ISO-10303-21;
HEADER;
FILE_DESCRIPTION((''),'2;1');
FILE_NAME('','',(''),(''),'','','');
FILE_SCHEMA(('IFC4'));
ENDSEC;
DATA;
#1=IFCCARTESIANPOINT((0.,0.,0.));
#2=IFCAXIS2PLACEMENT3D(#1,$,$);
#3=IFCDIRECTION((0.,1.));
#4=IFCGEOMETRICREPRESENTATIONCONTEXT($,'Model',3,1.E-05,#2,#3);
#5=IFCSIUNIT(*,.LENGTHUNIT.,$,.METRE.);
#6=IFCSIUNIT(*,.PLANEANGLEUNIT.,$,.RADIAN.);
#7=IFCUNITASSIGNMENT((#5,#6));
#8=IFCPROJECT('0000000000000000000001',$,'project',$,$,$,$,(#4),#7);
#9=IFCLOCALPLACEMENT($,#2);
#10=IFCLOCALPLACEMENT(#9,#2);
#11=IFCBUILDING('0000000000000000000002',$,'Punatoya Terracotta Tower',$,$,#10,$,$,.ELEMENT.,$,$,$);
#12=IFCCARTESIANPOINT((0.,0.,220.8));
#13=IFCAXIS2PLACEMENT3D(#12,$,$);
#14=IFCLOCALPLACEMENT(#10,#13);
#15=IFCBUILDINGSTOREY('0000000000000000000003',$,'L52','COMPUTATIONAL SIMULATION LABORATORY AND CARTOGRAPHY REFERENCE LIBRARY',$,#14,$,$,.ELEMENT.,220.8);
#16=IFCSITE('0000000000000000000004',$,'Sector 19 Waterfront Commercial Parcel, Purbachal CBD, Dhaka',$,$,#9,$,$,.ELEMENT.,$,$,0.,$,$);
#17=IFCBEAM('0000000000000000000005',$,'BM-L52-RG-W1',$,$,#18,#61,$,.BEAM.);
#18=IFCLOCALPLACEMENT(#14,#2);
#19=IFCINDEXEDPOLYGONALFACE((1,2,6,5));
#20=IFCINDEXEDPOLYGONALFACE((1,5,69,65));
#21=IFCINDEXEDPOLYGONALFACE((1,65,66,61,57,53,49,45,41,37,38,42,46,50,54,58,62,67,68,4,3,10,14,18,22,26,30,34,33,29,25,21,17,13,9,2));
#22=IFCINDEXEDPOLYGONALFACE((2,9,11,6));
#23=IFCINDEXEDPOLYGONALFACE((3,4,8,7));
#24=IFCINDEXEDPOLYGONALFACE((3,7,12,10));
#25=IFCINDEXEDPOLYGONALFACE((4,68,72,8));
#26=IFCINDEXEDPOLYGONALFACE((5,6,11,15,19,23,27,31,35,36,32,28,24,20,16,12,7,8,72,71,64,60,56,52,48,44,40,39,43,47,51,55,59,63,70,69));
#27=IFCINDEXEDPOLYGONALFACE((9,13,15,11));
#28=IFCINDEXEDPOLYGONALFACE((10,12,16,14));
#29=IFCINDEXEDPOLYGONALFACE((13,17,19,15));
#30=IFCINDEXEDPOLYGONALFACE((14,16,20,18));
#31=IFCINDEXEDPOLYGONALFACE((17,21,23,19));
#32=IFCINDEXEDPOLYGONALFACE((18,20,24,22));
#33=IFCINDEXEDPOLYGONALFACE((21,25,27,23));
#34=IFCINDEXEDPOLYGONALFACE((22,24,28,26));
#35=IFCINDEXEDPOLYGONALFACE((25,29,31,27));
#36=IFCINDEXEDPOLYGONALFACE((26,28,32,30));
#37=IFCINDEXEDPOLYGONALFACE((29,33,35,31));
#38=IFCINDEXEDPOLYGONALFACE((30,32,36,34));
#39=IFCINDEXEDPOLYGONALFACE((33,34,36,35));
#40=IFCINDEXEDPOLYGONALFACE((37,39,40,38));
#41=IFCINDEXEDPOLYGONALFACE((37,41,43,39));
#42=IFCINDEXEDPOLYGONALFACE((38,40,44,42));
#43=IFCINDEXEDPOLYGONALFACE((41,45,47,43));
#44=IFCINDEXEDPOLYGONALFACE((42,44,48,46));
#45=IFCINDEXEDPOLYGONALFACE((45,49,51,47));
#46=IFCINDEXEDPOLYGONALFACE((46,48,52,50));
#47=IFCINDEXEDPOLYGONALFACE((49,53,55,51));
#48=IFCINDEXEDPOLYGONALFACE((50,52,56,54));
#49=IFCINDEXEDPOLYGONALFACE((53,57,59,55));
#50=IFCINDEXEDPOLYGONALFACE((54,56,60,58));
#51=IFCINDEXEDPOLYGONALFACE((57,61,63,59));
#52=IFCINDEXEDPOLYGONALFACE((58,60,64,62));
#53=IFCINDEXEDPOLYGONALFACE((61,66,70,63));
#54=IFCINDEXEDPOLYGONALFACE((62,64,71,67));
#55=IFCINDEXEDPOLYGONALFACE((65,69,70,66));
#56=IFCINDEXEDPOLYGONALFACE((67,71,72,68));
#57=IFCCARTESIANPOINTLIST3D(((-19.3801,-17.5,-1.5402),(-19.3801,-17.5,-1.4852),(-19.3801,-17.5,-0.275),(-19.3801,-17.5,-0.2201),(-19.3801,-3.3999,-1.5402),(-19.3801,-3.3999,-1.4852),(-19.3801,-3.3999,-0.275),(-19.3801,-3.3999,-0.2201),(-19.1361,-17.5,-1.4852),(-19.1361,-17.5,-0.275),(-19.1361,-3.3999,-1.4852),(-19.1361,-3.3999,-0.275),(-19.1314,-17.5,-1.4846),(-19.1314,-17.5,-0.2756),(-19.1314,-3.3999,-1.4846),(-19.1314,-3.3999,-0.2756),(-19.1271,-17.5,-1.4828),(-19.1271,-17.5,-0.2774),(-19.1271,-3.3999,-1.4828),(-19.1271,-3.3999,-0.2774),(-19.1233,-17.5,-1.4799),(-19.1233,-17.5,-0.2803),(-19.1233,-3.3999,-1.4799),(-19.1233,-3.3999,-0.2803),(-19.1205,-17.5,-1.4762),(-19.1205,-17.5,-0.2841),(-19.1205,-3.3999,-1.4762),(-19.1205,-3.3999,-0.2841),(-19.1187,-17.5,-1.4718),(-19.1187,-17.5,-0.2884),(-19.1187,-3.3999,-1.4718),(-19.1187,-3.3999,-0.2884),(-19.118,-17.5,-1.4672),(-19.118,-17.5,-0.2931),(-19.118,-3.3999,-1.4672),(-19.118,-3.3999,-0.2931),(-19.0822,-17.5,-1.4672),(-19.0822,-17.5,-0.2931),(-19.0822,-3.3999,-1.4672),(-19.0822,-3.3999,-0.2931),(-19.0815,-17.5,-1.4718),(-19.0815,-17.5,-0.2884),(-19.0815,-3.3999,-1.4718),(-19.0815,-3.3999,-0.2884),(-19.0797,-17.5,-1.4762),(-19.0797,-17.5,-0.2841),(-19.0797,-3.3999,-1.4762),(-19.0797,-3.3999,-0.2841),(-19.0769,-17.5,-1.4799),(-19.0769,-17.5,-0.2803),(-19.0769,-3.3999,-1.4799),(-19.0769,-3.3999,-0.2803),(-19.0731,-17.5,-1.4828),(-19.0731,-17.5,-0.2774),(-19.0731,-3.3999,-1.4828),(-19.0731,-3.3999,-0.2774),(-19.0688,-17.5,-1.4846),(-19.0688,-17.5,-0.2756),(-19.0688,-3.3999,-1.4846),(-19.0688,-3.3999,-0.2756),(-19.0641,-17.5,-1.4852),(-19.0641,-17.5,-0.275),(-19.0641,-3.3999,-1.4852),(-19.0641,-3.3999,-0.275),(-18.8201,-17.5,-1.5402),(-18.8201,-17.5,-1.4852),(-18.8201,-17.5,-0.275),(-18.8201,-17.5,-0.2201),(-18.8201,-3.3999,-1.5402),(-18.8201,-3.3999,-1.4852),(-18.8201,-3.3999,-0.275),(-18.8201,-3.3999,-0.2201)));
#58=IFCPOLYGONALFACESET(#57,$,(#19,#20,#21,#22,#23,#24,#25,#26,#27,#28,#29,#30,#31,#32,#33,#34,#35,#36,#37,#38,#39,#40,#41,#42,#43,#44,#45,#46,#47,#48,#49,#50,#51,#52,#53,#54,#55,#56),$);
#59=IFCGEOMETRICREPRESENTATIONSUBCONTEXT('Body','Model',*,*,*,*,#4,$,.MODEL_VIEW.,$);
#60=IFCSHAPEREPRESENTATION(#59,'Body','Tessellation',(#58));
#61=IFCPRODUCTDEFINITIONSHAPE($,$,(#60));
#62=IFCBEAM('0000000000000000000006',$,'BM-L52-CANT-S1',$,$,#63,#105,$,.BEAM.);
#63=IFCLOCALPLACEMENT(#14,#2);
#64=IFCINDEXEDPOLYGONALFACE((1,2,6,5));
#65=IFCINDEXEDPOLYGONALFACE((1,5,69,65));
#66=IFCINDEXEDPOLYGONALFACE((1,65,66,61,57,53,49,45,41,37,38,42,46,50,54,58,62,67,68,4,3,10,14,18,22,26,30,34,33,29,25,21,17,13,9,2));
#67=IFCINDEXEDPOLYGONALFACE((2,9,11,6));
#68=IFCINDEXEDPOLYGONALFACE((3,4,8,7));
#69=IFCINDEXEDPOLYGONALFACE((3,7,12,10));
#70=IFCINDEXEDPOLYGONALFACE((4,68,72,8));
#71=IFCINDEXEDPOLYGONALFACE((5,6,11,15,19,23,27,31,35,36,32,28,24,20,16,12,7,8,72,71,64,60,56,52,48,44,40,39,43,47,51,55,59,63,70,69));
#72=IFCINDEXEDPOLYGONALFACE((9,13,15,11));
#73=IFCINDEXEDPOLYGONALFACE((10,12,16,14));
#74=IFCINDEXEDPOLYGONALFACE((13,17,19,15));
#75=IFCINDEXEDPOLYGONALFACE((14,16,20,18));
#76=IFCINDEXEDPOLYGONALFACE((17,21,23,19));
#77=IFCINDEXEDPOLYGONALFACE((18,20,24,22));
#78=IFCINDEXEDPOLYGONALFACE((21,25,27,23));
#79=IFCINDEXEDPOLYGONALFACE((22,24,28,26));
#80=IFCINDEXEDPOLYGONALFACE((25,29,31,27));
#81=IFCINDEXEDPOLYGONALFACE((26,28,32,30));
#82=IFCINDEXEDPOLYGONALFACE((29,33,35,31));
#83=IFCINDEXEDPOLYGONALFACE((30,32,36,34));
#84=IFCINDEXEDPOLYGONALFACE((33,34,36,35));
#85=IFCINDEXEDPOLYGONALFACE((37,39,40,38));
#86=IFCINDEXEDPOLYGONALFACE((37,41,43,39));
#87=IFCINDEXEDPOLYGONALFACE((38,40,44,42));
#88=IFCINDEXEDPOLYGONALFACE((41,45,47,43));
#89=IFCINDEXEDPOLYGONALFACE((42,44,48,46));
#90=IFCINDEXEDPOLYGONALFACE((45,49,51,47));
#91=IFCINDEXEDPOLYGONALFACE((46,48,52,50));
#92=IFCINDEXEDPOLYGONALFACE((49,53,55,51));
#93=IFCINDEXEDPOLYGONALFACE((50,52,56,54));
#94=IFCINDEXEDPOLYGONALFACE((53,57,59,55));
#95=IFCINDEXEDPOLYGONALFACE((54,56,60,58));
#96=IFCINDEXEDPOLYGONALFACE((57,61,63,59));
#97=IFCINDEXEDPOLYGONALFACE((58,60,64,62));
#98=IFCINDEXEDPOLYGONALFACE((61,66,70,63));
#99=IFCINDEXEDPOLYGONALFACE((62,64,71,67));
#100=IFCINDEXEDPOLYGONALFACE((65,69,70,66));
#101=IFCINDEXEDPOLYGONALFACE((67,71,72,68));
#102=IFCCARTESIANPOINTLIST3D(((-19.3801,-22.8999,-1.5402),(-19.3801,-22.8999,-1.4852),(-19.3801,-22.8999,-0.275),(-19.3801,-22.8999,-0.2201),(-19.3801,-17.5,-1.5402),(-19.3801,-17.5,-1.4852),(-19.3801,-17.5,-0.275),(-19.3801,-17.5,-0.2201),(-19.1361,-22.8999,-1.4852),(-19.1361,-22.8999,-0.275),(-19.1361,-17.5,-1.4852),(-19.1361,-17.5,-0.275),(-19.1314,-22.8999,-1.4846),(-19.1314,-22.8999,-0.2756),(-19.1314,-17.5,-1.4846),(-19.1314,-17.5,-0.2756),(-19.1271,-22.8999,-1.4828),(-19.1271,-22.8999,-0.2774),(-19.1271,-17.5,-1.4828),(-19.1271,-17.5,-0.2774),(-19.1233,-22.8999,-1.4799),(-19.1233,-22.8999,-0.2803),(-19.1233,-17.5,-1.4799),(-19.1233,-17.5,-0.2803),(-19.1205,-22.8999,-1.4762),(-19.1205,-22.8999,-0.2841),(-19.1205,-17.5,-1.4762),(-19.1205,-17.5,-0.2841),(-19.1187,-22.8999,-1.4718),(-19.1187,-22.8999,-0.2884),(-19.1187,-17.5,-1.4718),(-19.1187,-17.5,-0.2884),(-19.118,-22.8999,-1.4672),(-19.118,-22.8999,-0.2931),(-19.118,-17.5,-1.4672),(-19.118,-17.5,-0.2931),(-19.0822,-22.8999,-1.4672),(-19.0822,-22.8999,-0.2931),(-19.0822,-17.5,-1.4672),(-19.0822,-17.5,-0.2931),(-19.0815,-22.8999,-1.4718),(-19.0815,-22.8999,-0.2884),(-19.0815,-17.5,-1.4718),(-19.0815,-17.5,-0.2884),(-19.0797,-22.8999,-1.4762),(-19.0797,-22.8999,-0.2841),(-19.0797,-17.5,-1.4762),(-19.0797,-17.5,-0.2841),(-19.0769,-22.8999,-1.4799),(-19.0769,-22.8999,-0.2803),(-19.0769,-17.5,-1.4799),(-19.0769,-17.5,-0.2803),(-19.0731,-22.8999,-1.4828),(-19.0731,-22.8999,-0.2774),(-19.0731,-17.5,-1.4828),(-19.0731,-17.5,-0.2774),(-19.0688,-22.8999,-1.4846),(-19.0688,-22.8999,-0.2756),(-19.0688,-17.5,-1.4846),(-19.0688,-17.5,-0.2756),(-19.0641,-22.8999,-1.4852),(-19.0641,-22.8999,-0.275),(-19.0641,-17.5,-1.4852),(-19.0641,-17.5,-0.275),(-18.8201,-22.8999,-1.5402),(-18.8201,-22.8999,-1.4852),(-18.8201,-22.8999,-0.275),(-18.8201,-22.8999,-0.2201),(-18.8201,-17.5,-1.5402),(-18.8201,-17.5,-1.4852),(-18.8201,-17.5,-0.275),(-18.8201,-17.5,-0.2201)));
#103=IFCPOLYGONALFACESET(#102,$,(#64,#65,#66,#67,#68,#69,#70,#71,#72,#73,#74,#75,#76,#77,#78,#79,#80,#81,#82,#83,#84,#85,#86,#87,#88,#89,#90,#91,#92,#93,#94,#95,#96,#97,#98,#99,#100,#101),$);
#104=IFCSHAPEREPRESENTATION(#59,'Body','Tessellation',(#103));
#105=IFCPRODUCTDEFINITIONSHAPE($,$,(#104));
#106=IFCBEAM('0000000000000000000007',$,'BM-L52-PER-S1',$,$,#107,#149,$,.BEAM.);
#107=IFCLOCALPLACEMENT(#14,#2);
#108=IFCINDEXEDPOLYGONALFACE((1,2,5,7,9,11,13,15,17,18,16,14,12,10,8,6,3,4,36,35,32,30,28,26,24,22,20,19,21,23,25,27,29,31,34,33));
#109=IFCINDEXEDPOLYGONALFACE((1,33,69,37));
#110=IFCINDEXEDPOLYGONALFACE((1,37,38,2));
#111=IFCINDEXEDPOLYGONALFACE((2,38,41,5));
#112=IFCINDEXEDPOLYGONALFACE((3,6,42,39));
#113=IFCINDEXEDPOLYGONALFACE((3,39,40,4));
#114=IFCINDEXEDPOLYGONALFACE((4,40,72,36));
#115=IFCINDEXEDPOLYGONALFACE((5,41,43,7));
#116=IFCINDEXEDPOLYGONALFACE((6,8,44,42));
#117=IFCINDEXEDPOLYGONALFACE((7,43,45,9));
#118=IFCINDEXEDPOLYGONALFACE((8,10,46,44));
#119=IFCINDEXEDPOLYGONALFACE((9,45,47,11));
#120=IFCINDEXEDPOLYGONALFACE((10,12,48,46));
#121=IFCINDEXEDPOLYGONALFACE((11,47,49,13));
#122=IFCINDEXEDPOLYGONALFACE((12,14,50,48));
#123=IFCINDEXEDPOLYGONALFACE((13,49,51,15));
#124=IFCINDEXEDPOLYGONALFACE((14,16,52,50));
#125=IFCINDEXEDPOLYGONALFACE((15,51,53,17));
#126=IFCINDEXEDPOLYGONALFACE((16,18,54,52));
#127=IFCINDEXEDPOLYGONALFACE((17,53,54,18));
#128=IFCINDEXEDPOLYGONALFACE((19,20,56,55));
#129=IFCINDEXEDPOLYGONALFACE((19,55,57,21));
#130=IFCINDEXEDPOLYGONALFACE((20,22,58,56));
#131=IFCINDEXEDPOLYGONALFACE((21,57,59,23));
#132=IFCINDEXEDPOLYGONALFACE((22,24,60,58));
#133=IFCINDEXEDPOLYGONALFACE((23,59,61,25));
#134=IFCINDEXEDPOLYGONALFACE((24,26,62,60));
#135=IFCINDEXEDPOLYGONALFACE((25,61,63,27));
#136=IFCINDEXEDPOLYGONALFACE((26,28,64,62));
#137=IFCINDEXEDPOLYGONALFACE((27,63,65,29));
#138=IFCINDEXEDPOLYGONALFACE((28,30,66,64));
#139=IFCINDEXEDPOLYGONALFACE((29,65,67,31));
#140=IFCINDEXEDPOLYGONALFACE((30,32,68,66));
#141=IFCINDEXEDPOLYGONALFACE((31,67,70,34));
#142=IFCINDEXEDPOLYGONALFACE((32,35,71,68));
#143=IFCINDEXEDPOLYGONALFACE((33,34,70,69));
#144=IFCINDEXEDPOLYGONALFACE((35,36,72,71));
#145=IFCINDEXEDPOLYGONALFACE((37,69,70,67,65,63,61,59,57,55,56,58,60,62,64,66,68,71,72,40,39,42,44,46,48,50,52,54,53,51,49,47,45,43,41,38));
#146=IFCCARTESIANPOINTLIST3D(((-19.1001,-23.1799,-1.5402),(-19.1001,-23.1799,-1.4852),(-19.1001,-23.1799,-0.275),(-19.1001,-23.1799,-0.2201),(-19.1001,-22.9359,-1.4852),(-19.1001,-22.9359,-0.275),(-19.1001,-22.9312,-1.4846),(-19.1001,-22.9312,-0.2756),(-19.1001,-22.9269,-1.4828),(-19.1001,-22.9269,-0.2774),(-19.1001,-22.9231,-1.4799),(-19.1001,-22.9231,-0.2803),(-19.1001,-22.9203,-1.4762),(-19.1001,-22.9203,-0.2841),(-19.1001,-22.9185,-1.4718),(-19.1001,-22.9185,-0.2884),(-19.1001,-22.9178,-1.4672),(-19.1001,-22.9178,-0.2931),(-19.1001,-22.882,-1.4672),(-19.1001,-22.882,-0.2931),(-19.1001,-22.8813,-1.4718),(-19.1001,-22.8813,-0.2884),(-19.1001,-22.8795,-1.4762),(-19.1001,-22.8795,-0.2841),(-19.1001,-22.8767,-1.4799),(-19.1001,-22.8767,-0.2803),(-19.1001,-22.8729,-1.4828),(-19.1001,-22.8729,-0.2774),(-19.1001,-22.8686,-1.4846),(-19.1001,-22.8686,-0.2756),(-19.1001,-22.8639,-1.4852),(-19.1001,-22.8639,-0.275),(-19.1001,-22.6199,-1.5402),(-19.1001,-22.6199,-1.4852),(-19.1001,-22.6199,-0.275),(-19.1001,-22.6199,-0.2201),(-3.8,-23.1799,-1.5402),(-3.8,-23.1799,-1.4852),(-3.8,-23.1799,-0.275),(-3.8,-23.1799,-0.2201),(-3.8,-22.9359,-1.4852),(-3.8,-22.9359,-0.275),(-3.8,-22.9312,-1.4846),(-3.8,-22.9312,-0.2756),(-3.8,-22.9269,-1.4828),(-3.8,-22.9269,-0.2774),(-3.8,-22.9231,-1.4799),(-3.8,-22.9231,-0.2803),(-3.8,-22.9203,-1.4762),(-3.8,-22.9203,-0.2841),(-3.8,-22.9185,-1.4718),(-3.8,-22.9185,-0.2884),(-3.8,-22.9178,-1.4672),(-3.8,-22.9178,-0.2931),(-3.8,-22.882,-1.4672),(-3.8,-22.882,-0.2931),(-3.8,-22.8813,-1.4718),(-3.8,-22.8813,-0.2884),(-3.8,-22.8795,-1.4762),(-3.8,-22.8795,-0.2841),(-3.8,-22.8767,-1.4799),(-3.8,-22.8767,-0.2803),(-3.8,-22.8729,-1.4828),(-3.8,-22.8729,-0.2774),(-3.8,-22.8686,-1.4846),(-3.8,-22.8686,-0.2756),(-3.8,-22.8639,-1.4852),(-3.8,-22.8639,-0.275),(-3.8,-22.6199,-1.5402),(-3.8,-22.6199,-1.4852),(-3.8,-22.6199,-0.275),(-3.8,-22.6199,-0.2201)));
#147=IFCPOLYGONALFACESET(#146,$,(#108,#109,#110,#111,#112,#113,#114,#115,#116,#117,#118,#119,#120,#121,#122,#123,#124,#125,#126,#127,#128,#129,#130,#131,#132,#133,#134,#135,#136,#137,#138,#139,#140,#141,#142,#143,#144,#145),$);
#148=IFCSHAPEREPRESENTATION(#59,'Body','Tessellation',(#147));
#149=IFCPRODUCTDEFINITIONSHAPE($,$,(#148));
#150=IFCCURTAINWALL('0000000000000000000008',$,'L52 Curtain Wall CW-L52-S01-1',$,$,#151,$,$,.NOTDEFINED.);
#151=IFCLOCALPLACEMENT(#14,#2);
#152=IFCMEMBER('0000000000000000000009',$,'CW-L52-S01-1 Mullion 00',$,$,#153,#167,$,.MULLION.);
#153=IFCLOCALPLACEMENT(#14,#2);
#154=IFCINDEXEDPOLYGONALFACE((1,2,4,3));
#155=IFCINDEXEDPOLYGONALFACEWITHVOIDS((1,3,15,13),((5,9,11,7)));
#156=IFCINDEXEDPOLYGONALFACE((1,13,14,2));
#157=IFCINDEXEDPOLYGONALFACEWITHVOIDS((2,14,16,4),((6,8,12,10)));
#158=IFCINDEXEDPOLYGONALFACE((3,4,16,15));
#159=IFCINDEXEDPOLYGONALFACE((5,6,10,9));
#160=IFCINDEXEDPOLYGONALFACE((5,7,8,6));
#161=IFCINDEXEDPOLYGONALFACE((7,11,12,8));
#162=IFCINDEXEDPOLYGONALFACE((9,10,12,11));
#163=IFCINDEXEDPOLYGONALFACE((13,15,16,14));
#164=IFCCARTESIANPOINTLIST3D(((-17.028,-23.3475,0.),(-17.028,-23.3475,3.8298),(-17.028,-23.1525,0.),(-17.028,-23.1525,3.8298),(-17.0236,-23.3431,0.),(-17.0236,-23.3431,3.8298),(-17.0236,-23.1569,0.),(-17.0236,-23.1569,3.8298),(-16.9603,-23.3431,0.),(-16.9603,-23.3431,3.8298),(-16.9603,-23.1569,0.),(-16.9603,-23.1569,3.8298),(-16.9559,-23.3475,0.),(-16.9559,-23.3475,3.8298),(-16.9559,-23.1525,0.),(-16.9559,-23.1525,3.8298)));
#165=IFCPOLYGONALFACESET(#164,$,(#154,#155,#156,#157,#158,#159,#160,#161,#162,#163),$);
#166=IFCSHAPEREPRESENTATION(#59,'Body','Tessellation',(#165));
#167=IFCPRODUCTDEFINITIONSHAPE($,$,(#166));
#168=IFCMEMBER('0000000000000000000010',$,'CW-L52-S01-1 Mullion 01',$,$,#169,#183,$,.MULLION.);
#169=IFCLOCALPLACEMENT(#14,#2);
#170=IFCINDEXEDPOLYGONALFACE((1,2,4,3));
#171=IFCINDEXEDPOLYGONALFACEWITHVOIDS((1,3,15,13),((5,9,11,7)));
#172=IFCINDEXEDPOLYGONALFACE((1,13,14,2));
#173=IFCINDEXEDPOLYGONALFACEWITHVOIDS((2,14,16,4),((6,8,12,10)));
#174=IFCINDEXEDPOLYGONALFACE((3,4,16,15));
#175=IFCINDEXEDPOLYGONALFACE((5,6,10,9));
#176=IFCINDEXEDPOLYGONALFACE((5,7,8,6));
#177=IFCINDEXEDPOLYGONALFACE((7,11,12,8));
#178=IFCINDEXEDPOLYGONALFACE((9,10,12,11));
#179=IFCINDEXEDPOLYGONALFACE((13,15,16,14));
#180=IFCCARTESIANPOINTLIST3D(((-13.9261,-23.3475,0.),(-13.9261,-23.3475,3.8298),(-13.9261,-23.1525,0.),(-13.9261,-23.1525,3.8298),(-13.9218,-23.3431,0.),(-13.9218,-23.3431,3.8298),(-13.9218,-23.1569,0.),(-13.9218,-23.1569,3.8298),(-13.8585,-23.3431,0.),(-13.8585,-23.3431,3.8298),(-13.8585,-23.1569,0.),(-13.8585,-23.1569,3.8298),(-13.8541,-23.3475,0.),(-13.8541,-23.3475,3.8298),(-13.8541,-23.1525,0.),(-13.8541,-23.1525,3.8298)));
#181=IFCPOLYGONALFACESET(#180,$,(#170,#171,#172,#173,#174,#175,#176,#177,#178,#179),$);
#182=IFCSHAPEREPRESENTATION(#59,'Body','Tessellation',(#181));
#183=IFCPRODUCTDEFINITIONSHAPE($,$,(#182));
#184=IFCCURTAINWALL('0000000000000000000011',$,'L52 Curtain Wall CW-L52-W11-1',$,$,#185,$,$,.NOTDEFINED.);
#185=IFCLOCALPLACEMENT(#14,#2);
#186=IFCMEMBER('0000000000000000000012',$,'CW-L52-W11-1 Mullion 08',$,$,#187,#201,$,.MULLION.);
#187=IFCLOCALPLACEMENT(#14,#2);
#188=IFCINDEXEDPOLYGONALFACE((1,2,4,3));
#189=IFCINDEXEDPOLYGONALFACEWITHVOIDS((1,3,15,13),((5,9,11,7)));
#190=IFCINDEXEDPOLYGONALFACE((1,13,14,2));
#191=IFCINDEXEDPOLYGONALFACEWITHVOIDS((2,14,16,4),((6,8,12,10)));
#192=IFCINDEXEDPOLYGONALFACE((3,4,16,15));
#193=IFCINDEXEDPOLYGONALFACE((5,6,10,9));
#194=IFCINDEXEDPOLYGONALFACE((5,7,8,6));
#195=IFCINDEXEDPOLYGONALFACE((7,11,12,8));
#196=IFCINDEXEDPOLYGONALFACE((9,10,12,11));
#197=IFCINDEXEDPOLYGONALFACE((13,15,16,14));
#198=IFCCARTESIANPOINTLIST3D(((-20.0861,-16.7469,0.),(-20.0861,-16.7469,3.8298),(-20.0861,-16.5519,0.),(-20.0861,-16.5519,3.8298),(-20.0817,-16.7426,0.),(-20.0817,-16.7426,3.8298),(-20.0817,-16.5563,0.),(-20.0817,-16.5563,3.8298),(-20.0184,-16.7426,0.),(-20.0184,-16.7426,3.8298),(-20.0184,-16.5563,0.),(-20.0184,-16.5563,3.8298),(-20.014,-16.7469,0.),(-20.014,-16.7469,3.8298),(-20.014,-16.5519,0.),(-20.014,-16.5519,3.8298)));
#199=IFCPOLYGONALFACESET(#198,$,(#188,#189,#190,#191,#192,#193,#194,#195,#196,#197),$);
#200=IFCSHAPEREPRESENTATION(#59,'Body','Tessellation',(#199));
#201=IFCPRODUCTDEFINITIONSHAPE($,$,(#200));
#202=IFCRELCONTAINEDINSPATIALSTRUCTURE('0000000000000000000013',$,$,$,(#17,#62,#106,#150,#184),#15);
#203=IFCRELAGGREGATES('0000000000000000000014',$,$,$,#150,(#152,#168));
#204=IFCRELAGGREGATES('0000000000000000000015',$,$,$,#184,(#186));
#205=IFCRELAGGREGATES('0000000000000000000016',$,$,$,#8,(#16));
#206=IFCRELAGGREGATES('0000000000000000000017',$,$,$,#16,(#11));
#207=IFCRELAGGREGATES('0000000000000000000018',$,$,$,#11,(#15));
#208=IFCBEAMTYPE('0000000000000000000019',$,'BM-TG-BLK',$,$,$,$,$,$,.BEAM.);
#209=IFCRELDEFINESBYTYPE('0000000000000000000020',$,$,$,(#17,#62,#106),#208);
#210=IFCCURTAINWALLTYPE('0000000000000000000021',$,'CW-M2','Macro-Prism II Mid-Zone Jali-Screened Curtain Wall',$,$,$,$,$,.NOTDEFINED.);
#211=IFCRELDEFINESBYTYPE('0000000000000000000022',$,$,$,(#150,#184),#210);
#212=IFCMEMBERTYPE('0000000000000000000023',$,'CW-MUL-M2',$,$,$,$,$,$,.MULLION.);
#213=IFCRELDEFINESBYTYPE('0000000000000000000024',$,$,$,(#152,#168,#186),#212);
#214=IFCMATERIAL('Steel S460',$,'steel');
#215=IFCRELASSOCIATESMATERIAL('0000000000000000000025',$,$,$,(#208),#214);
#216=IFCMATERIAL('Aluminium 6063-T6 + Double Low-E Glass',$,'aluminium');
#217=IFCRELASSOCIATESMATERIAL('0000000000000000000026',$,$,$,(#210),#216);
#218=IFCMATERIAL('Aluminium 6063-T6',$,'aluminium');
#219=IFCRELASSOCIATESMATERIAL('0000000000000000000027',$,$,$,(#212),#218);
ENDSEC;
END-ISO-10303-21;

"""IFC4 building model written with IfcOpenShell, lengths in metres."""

from ifc_helpers import new_model, si_unit, direction, frame, origin, origin_2d, place, context, subcontext, project, spatial, hollow_rectangle, i_section, extrude, material, material_profile, profile_set, type_object, element, aggregate, save


model = new_model("IFC4")

# Units and contexts
model_context = context("Model", 3, precision=1e-05, world=origin(), true_north=direction((0.0, 1.0)))
body_context = subcontext(model_context, "Body", "Model", "MODEL_VIEW")
ifc_project = project(units=[si_unit("LENGTHUNIT", "METRE"), si_unit("PLANEANGLEUNIT", "RADIAN")], contexts=[model_context])

# Site, building, storey
site_placement = place(None, origin())
site = spatial("IfcSite", under=ifc_project, at=site_placement, Name="Sector 19 Waterfront Commercial Parcel, Purbachal CBD, Dhaka", CompositionType="ELEMENT", RefElevation=0.0)
building_placement = place(site_placement, origin())
building = spatial("IfcBuilding", under=site, at=building_placement, Name="Punatoya Terracotta Tower", CompositionType="ELEMENT")
storey_placement = place(building_placement, frame((0.0, 0.0, 220.8)))
storey = spatial("IfcBuildingStorey", under=building, at=storey_placement, Name="L52", Description="COMPUTATIONAL SIMULATION LABORATORY AND CARTOGRAPHY REFERENCE LIBRARY", CompositionType="ELEMENT", Elevation=220.8)

# Shared definitions
ifc_material_1 = material(Name="Steel S460", Category="steel")

# Beams
ifc_material_profile_1 = material_profile(ifc_material_1, i_section(OverallWidth=0.5601, OverallDepth=1.3201, WebThickness=0.0359, FlangeThickness=0.0549, FilletRadius=0.0181, at=origin_2d()))
ifc_profile_set_1 = profile_set([ifc_material_profile_1], Name="Steel S460")
beam_type_1 = type_object("IfcBeamType", Name="BM-TG-BLK", PredefinedType="BEAM", material=ifc_profile_set_1)
beam_1_placement = place(storey_placement, frame((-19.1001, -17.5, -0.8801), z_axis=(0.0, 1.0, 0.0), x_axis=(-1.0, 0.0, 0.0)))
element("IfcBeam", 1, at=beam_1_placement, inside=storey, type_object=beam_type_1, Name="BM-L52-RG-W1", PredefinedType="BEAM", context=body_context, shape_type="SweptSolid", body=[
    extrude(i_section(OverallWidth=0.5601, OverallDepth=1.3201, WebThickness=0.0359, FlangeThickness=0.0549, FilletRadius=0.0181, at=origin_2d()), origin(), (0.0, 0.0, 1.0), 14.1001),
])
beam_2_placement = place(storey_placement, frame((-19.1001, -22.8999, -0.8801), z_axis=(0.0, 1.0, 0.0), x_axis=(-1.0, 0.0, 0.0)))
element("IfcBeam", 2, at=beam_2_placement, inside=storey, type_object=beam_type_1, Name="BM-L52-CANT-S1", PredefinedType="BEAM", context=body_context, shape_type="SweptSolid", body=[
    extrude(i_section(OverallWidth=0.5601, OverallDepth=1.3201, WebThickness=0.0359, FlangeThickness=0.0549, FilletRadius=0.0181, at=origin_2d()), origin(), (0.0, 0.0, 1.0), 5.3999),
])
beam_3_placement = place(storey_placement, frame((-19.1001, -22.8999, -0.8801), z_axis=(1.0, 0.0, 0.0), x_axis=(0.0, 1.0, 0.0)))
element("IfcBeam", 3, at=beam_3_placement, inside=storey, type_object=beam_type_1, Name="BM-L52-PER-S1", PredefinedType="BEAM", context=body_context, shape_type="SweptSolid", body=[
    extrude(i_section(OverallWidth=0.5601, OverallDepth=1.3201, WebThickness=0.0359, FlangeThickness=0.0549, FilletRadius=0.0181, at=origin_2d()), origin(), (0.0, 0.0, 1.0), 15.3),
])

# Curtain walls, members
ifc_material_2 = material(Name="Aluminium 6063-T6 + Double Low-E Glass", Category="aluminium")
curtain_wall_type = type_object("IfcCurtainWallType", Name="CW-M2", Description="Macro-Prism II Mid-Zone Jali-Screened Curtain Wall", PredefinedType="NOTDEFINED", material=ifc_material_2)
curtain_wall_1_placement = place(storey_placement, origin())
curtain_wall_1 = element("IfcCurtainWall", 4, at=curtain_wall_1_placement, inside=storey, type_object=curtain_wall_type, Name="L52 Curtain Wall CW-L52-S01-1", PredefinedType="NOTDEFINED")
ifc_material_3 = material(Name="Aluminium 6063-T6", Category="aluminium")
ifc_material_profile_2 = material_profile(ifc_material_3, hollow_rectangle(XDim=0.072, YDim=0.1951, WallThickness=0.0044, at=origin_2d()))
ifc_profile_set_2 = profile_set([ifc_material_profile_2], Name="Aluminium 6063-T6")
member_type_1 = type_object("IfcMemberType", Name="CW-MUL-M2", PredefinedType="MULLION", material=ifc_profile_set_2)
member_1_placement = place(storey_placement, frame((-16.9919, -23.25, 0.0), z_axis=(0.0, 0.0, 1.0), x_axis=(1.0, 0.0, 0.0)))
member_1 = element("IfcMember", 5, at=member_1_placement, type_object=member_type_1, Name="CW-L52-S01-1 Mullion 00", PredefinedType="MULLION", context=body_context, shape_type="SweptSolid", body=[
    extrude(hollow_rectangle(XDim=0.072, YDim=0.1951, WallThickness=0.0044, at=origin_2d()), origin(), (0.0, 0.0, 1.0), 3.8298),
])
member_2_placement = place(storey_placement, frame((-13.8901, -23.25, 0.0), z_axis=(0.0, 0.0, 1.0), x_axis=(1.0, 0.0, 0.0)))
member_2 = element("IfcMember", 6, at=member_2_placement, type_object=member_type_1, Name="CW-L52-S01-1 Mullion 01", PredefinedType="MULLION", context=body_context, shape_type="SweptSolid", body=[
    extrude(hollow_rectangle(XDim=0.072, YDim=0.1951, WallThickness=0.0044, at=origin_2d()), origin(), (0.0, 0.0, 1.0), 3.8298),
])
curtain_wall_2_placement = place(storey_placement, origin())
curtain_wall_2 = element("IfcCurtainWall", 7, at=curtain_wall_2_placement, inside=storey, type_object=curtain_wall_type, Name="L52 Curtain Wall CW-L52-W11-1", PredefinedType="NOTDEFINED")
member_3_placement = place(storey_placement, frame((-20.05, -16.6494, 0.0), z_axis=(0.0, 0.0, 1.0), x_axis=(1.0, 0.0, 0.0)))
member_3 = element("IfcMember", 8, at=member_3_placement, type_object=member_type_1, Name="CW-L52-W11-1 Mullion 08", PredefinedType="MULLION", context=body_context, shape_type="SweptSolid", body=[
    extrude(hollow_rectangle(XDim=0.072, YDim=0.1951, WallThickness=0.0044, at=origin_2d()), origin(), (0.0, 0.0, 1.0), 3.8298),
])

aggregate(curtain_wall_1, [member_1, member_2])
aggregate(curtain_wall_2, [member_3])

save(model, "model.ifc")
